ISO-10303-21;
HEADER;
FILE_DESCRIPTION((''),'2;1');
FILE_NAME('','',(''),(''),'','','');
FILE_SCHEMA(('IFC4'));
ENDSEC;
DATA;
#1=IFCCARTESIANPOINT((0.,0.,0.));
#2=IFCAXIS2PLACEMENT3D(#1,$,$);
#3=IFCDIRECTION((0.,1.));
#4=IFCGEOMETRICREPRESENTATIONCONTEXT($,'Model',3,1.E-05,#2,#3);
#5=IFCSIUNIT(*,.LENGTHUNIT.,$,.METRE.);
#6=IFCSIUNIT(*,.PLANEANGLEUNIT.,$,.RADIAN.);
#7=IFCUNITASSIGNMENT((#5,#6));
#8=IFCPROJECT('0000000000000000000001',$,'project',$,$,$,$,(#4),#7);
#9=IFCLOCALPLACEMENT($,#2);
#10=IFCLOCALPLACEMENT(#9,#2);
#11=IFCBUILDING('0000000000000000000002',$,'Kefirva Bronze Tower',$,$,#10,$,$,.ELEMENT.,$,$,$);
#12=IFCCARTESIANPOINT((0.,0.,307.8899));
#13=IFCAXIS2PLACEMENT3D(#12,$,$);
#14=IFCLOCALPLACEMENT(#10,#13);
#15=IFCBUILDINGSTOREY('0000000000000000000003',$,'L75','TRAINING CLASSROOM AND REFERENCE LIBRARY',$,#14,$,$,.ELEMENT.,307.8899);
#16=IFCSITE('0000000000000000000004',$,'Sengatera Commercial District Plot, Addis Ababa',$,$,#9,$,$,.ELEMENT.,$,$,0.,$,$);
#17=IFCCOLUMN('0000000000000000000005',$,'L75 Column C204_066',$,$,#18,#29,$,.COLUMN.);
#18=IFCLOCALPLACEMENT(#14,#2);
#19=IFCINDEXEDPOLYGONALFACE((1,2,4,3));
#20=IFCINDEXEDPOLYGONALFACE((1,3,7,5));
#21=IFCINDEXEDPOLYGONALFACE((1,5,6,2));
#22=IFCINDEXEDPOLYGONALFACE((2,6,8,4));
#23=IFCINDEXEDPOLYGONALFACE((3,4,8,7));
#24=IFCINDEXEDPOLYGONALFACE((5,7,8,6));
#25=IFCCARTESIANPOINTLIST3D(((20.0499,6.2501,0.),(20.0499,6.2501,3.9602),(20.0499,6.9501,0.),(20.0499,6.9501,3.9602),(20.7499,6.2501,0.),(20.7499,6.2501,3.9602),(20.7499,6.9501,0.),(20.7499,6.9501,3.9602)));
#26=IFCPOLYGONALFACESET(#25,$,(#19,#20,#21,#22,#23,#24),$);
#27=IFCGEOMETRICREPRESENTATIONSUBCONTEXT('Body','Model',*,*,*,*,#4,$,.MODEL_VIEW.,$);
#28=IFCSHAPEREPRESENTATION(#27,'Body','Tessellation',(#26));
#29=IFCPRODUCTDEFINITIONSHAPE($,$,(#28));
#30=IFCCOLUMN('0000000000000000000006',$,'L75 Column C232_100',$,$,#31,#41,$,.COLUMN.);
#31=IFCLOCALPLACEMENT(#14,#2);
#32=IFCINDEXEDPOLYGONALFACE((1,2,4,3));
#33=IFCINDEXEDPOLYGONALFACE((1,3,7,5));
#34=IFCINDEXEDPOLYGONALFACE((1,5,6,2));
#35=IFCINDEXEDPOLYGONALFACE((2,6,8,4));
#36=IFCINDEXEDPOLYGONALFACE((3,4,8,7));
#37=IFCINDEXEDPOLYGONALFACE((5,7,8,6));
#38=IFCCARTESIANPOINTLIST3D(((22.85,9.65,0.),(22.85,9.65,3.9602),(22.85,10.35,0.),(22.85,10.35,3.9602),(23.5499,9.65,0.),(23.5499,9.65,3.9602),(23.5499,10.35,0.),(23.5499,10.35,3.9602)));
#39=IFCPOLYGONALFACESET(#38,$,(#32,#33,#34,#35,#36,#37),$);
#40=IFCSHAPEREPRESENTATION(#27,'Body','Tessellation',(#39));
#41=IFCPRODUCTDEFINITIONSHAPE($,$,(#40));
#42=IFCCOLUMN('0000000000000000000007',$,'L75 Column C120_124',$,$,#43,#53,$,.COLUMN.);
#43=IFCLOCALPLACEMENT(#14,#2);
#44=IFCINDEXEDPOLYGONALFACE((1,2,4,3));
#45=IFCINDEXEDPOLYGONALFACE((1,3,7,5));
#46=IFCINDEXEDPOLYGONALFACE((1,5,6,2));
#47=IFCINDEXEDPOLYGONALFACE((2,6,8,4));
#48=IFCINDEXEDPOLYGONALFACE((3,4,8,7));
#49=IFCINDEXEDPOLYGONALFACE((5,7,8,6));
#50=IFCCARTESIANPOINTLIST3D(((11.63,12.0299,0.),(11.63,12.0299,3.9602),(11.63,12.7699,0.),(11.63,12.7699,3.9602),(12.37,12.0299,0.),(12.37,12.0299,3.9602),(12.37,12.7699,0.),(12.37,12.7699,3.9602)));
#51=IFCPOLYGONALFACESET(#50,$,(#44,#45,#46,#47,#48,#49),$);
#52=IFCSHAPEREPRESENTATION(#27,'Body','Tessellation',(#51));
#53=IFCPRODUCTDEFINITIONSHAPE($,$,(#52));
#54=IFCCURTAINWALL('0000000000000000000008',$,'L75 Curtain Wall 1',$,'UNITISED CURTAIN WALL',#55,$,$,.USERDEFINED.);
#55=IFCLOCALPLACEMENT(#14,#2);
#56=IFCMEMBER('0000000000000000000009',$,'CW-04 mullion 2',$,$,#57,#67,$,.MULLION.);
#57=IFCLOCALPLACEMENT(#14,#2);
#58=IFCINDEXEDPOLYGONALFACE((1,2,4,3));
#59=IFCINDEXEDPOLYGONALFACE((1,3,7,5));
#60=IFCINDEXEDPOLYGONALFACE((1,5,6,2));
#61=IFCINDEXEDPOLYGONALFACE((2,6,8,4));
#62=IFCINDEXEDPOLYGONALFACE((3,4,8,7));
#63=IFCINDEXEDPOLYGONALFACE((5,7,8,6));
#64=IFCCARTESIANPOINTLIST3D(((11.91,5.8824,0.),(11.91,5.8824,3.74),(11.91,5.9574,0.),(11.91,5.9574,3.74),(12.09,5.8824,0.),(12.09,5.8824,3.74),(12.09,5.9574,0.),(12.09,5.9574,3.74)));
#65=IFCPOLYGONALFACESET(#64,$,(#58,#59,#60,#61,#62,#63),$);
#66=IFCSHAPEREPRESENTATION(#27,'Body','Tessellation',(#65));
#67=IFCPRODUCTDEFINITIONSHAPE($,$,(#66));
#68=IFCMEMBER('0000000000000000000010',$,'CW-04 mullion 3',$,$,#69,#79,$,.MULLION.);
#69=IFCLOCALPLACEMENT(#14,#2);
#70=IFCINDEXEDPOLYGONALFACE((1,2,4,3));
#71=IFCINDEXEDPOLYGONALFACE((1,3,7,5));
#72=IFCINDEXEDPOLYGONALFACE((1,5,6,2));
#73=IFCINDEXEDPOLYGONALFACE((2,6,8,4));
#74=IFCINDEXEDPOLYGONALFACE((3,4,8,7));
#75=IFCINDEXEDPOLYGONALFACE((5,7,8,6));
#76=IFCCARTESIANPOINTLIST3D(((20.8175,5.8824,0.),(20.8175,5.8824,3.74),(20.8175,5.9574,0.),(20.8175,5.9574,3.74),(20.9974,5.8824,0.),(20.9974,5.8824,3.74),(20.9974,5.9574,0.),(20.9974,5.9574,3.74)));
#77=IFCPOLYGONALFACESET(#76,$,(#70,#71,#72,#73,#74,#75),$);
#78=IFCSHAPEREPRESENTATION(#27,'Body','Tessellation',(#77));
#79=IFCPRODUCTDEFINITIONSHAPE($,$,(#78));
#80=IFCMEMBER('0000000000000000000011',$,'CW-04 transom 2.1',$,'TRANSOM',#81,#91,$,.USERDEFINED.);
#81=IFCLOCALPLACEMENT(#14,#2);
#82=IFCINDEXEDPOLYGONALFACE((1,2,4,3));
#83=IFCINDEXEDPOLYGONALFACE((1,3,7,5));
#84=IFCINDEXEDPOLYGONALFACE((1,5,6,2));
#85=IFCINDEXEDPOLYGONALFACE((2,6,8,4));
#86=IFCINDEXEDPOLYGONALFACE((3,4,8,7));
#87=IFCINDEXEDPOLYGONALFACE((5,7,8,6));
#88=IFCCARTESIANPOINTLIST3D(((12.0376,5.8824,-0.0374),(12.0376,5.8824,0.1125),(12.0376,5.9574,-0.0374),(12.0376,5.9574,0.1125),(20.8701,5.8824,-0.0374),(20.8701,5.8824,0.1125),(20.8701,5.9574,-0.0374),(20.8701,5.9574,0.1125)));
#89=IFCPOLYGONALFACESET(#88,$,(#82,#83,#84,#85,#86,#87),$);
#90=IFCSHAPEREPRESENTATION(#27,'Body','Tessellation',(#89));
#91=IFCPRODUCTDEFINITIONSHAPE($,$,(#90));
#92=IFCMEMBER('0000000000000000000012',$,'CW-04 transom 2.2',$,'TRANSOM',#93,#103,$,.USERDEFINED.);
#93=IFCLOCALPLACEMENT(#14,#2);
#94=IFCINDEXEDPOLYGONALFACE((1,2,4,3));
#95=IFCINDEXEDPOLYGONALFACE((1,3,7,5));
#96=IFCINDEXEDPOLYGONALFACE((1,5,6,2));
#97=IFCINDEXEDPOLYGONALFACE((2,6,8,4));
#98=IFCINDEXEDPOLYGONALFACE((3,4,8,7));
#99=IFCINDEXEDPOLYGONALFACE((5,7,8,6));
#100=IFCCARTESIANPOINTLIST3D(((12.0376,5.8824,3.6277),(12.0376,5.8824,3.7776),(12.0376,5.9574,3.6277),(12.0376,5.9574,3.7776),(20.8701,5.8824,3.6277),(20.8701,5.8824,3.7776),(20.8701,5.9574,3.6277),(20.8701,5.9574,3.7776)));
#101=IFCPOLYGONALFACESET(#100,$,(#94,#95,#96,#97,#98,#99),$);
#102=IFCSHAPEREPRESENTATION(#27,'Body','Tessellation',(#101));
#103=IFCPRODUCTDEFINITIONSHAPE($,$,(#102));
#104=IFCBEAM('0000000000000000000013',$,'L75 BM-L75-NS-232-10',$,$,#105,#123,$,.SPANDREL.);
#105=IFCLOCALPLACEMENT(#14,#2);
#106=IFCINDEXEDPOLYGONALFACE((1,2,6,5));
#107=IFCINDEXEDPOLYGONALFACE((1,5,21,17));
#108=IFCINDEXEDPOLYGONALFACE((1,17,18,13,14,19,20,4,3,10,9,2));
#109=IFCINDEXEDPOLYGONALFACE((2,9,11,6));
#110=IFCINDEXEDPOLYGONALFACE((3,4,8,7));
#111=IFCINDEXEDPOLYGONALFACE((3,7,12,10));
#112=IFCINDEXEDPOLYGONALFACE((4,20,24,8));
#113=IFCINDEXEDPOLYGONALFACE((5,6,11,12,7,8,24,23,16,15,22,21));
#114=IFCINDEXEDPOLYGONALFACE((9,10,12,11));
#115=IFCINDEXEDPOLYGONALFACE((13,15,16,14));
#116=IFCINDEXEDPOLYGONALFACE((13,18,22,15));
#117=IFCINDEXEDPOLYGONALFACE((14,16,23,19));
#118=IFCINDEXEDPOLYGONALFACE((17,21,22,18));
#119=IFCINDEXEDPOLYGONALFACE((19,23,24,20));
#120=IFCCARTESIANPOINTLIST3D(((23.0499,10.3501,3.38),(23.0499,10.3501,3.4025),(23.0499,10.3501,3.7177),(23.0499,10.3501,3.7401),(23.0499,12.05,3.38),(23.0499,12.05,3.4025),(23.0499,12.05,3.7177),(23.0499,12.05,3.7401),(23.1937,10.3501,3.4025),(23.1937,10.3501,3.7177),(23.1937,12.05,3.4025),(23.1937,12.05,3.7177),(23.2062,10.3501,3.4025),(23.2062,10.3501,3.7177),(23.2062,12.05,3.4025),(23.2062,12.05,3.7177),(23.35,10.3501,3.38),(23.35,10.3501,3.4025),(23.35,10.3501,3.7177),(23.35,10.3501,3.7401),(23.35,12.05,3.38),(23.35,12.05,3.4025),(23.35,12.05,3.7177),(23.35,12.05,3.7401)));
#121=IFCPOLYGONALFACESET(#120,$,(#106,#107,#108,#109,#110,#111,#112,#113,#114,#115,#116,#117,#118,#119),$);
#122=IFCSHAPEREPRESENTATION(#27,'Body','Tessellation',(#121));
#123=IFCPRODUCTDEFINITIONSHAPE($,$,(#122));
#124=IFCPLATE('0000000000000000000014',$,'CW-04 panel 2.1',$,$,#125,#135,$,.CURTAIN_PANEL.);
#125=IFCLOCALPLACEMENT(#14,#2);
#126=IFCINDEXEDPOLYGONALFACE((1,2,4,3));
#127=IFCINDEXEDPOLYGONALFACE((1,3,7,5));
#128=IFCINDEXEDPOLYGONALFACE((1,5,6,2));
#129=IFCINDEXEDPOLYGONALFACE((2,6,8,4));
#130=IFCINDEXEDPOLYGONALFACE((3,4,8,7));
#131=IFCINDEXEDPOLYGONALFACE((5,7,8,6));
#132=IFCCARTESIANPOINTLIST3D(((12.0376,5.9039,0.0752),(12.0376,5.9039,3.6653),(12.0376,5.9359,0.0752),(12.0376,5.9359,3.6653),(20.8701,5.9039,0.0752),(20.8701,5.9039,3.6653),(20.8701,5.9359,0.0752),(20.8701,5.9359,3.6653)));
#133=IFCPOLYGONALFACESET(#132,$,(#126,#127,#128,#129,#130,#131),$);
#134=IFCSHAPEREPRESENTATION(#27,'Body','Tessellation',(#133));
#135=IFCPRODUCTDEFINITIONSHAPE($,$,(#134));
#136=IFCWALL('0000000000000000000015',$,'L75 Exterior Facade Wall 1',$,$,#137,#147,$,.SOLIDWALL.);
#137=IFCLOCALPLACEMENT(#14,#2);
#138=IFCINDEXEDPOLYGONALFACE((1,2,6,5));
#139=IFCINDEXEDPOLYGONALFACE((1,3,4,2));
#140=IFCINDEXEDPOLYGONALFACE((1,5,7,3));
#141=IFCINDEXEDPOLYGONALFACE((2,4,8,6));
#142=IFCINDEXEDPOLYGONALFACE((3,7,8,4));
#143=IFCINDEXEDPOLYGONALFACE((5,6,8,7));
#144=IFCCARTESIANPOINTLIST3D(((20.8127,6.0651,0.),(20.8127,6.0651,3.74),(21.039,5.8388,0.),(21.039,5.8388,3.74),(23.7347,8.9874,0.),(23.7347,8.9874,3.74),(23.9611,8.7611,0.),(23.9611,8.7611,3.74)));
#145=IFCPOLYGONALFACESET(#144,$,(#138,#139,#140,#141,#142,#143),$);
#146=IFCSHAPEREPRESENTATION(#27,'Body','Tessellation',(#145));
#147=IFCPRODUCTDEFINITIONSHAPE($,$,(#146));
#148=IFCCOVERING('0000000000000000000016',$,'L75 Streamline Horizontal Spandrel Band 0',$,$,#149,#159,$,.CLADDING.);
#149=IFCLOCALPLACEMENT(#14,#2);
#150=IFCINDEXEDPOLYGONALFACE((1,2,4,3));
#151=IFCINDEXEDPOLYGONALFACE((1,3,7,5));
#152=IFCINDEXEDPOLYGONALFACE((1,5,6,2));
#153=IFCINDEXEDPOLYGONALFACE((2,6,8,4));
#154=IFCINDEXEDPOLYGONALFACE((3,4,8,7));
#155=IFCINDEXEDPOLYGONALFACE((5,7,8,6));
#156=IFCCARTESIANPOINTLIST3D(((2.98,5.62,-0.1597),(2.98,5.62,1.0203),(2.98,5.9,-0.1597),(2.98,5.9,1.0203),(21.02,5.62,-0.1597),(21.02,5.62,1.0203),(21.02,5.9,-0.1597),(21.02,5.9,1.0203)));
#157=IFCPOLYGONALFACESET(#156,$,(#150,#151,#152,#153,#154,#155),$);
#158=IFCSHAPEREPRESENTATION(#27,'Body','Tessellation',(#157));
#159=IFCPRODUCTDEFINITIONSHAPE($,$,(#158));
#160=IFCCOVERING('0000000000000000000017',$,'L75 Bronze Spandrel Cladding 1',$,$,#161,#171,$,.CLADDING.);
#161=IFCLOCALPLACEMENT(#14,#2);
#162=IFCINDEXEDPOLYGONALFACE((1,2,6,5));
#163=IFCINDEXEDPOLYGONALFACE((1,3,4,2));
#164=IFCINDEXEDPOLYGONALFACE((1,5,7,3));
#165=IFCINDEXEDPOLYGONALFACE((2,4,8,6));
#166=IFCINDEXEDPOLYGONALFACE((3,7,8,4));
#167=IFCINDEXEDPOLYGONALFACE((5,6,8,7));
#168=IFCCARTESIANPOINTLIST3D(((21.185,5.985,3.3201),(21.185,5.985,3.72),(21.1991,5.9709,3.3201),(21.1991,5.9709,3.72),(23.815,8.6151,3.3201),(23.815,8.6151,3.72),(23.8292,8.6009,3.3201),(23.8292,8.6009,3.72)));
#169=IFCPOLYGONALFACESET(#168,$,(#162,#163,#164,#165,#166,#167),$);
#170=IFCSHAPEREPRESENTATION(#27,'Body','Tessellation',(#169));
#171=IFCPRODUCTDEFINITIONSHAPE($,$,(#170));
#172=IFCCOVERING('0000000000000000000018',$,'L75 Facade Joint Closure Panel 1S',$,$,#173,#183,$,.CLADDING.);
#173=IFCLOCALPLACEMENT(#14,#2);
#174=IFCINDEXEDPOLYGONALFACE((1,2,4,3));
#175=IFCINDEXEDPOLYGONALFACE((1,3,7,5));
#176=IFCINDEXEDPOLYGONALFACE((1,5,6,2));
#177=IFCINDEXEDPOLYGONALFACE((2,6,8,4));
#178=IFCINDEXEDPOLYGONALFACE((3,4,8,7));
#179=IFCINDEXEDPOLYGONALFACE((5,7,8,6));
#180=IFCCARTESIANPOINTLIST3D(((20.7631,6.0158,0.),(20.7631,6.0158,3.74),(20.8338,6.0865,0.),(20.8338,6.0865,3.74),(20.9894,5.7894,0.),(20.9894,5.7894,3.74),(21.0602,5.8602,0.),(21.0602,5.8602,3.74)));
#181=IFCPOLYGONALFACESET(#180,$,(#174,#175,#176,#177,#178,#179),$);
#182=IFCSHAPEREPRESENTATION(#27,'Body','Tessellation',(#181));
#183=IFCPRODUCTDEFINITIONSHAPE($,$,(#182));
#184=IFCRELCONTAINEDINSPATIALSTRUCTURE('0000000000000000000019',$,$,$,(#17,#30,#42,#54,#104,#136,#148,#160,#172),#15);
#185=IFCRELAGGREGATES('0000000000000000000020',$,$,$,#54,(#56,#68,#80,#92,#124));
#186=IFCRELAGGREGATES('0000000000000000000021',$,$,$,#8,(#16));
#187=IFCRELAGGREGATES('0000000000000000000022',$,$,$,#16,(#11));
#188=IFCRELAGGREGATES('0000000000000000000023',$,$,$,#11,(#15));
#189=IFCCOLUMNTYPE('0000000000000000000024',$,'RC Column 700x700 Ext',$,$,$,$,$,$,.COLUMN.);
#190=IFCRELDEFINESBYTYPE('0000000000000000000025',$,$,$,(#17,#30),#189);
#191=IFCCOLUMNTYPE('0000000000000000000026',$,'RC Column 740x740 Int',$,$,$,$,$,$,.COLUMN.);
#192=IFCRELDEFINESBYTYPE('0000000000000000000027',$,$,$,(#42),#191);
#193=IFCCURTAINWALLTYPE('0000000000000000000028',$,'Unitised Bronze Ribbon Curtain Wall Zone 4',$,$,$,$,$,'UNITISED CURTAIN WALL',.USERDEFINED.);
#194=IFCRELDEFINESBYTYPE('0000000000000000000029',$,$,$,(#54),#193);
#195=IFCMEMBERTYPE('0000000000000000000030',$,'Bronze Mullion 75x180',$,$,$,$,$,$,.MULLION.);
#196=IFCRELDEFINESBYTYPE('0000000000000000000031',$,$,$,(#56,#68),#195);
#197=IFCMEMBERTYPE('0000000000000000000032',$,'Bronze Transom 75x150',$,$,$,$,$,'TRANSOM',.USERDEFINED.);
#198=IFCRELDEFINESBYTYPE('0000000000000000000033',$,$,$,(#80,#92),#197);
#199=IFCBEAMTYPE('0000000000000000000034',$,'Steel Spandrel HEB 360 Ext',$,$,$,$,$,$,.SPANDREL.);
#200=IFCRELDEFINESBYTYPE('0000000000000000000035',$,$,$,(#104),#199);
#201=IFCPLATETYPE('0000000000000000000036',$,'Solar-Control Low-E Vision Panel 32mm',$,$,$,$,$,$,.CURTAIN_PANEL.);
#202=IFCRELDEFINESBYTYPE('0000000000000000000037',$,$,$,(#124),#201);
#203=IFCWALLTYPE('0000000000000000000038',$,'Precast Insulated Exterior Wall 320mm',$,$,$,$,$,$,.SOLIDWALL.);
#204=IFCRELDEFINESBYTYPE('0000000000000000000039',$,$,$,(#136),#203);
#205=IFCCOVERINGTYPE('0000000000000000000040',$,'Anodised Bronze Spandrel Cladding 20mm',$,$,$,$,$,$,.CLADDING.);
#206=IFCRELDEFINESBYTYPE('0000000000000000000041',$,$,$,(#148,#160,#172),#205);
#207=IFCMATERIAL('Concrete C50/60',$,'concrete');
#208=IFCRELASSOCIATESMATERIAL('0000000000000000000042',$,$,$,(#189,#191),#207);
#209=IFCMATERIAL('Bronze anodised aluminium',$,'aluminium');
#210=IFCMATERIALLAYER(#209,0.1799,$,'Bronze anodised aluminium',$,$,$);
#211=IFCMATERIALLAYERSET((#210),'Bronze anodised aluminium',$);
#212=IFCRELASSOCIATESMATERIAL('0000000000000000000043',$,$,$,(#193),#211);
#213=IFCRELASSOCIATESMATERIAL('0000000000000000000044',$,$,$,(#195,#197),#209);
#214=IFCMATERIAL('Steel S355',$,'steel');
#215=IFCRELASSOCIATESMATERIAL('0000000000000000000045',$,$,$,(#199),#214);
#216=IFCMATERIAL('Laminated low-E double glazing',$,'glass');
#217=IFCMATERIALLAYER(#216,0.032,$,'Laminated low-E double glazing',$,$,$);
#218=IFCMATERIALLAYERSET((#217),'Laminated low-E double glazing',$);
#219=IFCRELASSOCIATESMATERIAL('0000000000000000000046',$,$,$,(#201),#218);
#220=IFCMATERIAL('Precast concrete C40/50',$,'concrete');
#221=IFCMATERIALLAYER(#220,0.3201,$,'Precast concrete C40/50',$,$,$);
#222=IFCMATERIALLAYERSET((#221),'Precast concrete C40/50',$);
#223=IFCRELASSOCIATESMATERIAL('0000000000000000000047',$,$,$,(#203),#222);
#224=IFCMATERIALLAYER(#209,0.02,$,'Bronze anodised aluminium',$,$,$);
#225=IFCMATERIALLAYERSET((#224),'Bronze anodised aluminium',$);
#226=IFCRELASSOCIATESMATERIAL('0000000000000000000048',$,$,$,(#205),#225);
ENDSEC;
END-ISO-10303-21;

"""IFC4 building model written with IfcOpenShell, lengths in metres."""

from ifc_helpers import new_model, si_unit, direction, frame, frame_2d, origin, origin_2d, place, context, subcontext, project, spatial, rectangle, i_section, extrude, material, layer, layer_set, material_profile, profile_set, type_object, element, aggregate, save


model = new_model("IFC4")

# Units and contexts
model_context = context("Model", 3, precision=1e-05, world=origin(), true_north=direction((0.0, 1.0)))
body_context = subcontext(model_context, "Body", "Model", "MODEL_VIEW")
ifc_project = project(units=[si_unit("LENGTHUNIT", "METRE"), si_unit("PLANEANGLEUNIT", "RADIAN")], contexts=[model_context])

# Site, building, storey
site_placement = place(None, origin())
site = spatial("IfcSite", under=ifc_project, at=site_placement, Name="Sengatera Commercial District Plot, Addis Ababa", CompositionType="ELEMENT", RefElevation=0.0)
building_placement = place(site_placement, origin())
building = spatial("IfcBuilding", under=site, at=building_placement, Name="Kefirva Bronze Tower", CompositionType="ELEMENT")
storey_placement = place(building_placement, frame((0.0, 0.0, 307.8899)))
storey = spatial("IfcBuildingStorey", under=building, at=storey_placement, Name="L75", Description="TRAINING CLASSROOM AND REFERENCE LIBRARY", CompositionType="ELEMENT", Elevation=307.8899)

# Columns
ifc_material_1 = material(Name="Concrete C50/60", Category="concrete")
ifc_material_profile_1 = material_profile(ifc_material_1, rectangle(XDim=0.7, YDim=0.7, at=origin_2d()), Name="RC 700x700")
ifc_profile_set_1 = profile_set([ifc_material_profile_1], Name="Concrete C50/60")
column_type_1 = type_object("IfcColumnType", Name="RC Column 700x700 Ext", PredefinedType="COLUMN", material=ifc_profile_set_1)
for number, where, z_axis, x_axis, name in (
    (1, (20.3999, 6.6001, 0.0), (0.0, 0.0, 1.0), (1.0, 0.0, 0.0), "L75 Column C204_066"),
    (2, (23.2, 10.0, 0.0), (0.0, 0.0, 1.0), (1.0, 0.0, 0.0), "L75 Column C232_100"),
):
    element("IfcColumn", number, at=place(storey_placement, frame(where, z_axis=z_axis, x_axis=x_axis)), inside=storey, type_object=column_type_1, Name=name, PredefinedType="COLUMN", context=body_context, shape_type="SweptSolid", body=[
        extrude(rectangle(XDim=0.7, YDim=0.7, at=origin_2d()), origin(), (0.0, 0.0, 1.0), 3.9602),
    ])
ifc_material_profile_2 = material_profile(ifc_material_1, rectangle(XDim=0.74, YDim=0.74, at=origin_2d()), Name="RC 740x740")
ifc_profile_set_2 = profile_set([ifc_material_profile_2], Name="Concrete C50/60")
column_type_2 = type_object("IfcColumnType", Name="RC Column 740x740 Int", PredefinedType="COLUMN", material=ifc_profile_set_2)
column_placement = place(storey_placement, frame((12.0, 12.3999, 0.0), z_axis=(0.0, 0.0, 1.0), x_axis=(1.0, 0.0, 0.0)))
element("IfcColumn", 3, at=column_placement, inside=storey, type_object=column_type_2, Name="L75 Column C120_124", PredefinedType="COLUMN", context=body_context, shape_type="SweptSolid", body=[
    extrude(rectangle(XDim=0.74, YDim=0.74, at=origin_2d()), origin(), (0.0, 0.0, 1.0), 3.9602),
])

# Curtain wall, members
ifc_material_2 = material(Name="Bronze anodised aluminium", Category="aluminium")
ifc_layer_1 = layer(ifc_material_2, 0.1799, Name="Bronze anodised aluminium")
ifc_layer_set_1 = layer_set([ifc_layer_1], Name="Bronze anodised aluminium")
curtain_wall_type = type_object("IfcCurtainWallType", Name="Unitised Bronze Ribbon Curtain Wall Zone 4", ElementType="UNITISED CURTAIN WALL", PredefinedType="USERDEFINED", material=ifc_layer_set_1)
curtain_wall_placement = place(storey_placement, origin())
curtain_wall = element("IfcCurtainWall", 4, at=curtain_wall_placement, inside=storey, type_object=curtain_wall_type, Name="L75 Curtain Wall 1", ObjectType="UNITISED CURTAIN WALL", PredefinedType="USERDEFINED")
ifc_material_profile_3 = material_profile(ifc_material_2, rectangle(XDim=0.075, YDim=0.1799, at=origin_2d()), Name="ALU 75x180")
ifc_profile_set_3 = profile_set([ifc_material_profile_3], Name="Bronze anodised aluminium")
member_type_1 = type_object("IfcMemberType", Name="Bronze Mullion 75x180", PredefinedType="MULLION", material=ifc_profile_set_3)
member_1_placement = place(storey_placement, frame((12.0, 5.9199, 0.0), z_axis=(0.0, 0.0, 1.0), x_axis=(0.0, 1.0, 0.0)))
member_1 = element("IfcMember", 5, at=member_1_placement, type_object=member_type_1, Name="CW-04 mullion 2", PredefinedType="MULLION", context=body_context, shape_type="SweptSolid", body=[
    extrude(rectangle(XDim=0.075, YDim=0.1799, at=origin_2d()), origin(), (0.0, 0.0, 1.0), 3.74),
])
member_2_placement = place(storey_placement, frame((20.9075, 5.9199, 0.0), z_axis=(0.0, 0.0, 1.0), x_axis=(0.0, 1.0, 0.0)))
member_2 = element("IfcMember", 6, at=member_2_placement, type_object=member_type_1, Name="CW-04 mullion 3", PredefinedType="MULLION", context=body_context, shape_type="SweptSolid", body=[
    extrude(rectangle(XDim=0.075, YDim=0.1799, at=origin_2d()), origin(), (0.0, 0.0, 1.0), 3.74),
])
ifc_material_profile_4 = material_profile(ifc_material_2, rectangle(XDim=0.075, YDim=0.1499, at=origin_2d()), Name="ALU 75x150")
ifc_profile_set_4 = profile_set([ifc_material_profile_4], Name="Bronze anodised aluminium")
member_type_2 = type_object("IfcMemberType", Name="Bronze Transom 75x150", ElementType="TRANSOM", PredefinedType="USERDEFINED", material=ifc_profile_set_4)
member_3_placement = place(storey_placement, frame((12.0376, 5.9199, 0.0376), z_axis=(1.0, 0.0, 0.0), x_axis=(0.0, 1.0, 0.0)))
member_3 = element("IfcMember", 7, at=member_3_placement, type_object=member_type_2, Name="CW-04 transom 2.1", ObjectType="TRANSOM", PredefinedType="USERDEFINED", context=body_context, shape_type="SweptSolid", body=[
    extrude(rectangle(XDim=0.075, YDim=0.1499, at=origin_2d()), origin(), (0.0, 0.0, 1.0), 8.8325),
])
member_4_placement = place(storey_placement, frame((12.0376, 5.9199, 3.7026), z_axis=(1.0, 0.0, 0.0), x_axis=(0.0, 1.0, 0.0)))
member_4 = element("IfcMember", 8, at=member_4_placement, type_object=member_type_2, Name="CW-04 transom 2.2", ObjectType="TRANSOM", PredefinedType="USERDEFINED", context=body_context, shape_type="SweptSolid", body=[
    extrude(rectangle(XDim=0.075, YDim=0.1499, at=origin_2d()), origin(), (0.0, 0.0, 1.0), 8.8325),
])

# Beam
ifc_material_3 = material(Name="Steel S355", Category="steel")
ifc_material_profile_5 = material_profile(ifc_material_3, i_section(OverallWidth=0.3, OverallDepth=0.3601, WebThickness=0.0125, FlangeThickness=0.0225, at=origin_2d()), Name="HEB 360")
ifc_profile_set_5 = profile_set([ifc_material_profile_5], Name="Steel S355")
beam_type = type_object("IfcBeamType", Name="Steel Spandrel HEB 360 Ext", PredefinedType="SPANDREL", material=ifc_profile_set_5)
beam_placement = place(storey_placement, frame((23.2, 10.3501, 3.5601), z_axis=(0.0, 1.0, 0.0), x_axis=(-1.0, 0.0, 0.0)))
element("IfcBeam", 9, at=beam_placement, inside=storey, type_object=beam_type, Name="L75 BM-L75-NS-232-10", PredefinedType="SPANDREL", context=body_context, shape_type="SweptSolid", body=[
    extrude(i_section(OverallWidth=0.3, OverallDepth=0.3601, WebThickness=0.0125, FlangeThickness=0.0225, at=origin_2d()), origin(), (0.0, 0.0, 1.0), 1.7),
])

# Plate
ifc_material_4 = material(Name="Laminated low-E double glazing", Category="glass")
ifc_layer_2 = layer(ifc_material_4, 0.032, Name="Laminated low-E double glazing")
ifc_layer_set_2 = layer_set([ifc_layer_2], Name="Laminated low-E double glazing")
plate_type = type_object("IfcPlateType", Name="Solar-Control Low-E Vision Panel 32mm", PredefinedType="CURTAIN_PANEL", material=ifc_layer_set_2)
plate_placement = place(storey_placement, frame((16.4539, 5.9199, 0.0752), z_axis=(0.0, 0.0, 1.0), x_axis=(1.0, 0.0, 0.0)))
plate = element("IfcPlate", 10, at=plate_placement, type_object=plate_type, Name="CW-04 panel 2.1", PredefinedType="CURTAIN_PANEL", context=body_context, shape_type="SweptSolid", body=[
    extrude(rectangle(XDim=8.8325, YDim=0.032, at=origin_2d()), origin(), (0.0, 0.0, 1.0), 3.5901),
])
aggregate(curtain_wall, [member_1, member_2, member_3, member_4, plate])

# Wall
ifc_material_5 = material(Name="Precast concrete C40/50", Category="concrete")
ifc_layer_3 = layer(ifc_material_5, 0.3201, Name="Precast concrete C40/50")
ifc_layer_set_3 = layer_set([ifc_layer_3], Name="Precast concrete C40/50")
wall_type = type_object("IfcWallType", Name="Precast Insulated Exterior Wall 320mm", PredefinedType="SOLIDWALL", material=ifc_layer_set_3)
wall_placement = place(storey_placement, frame((20.9258, 5.9519, 0.0), z_axis=(0.0, 0.0, 1.0), x_axis=(0.707077, 0.707136, 0.0)))
element("IfcWall", 11, at=wall_placement, inside=storey, type_object=wall_type, Name="L75 Exterior Facade Wall 1", PredefinedType="SOLIDWALL", context=body_context, shape_type="SweptSolid", body=[
    extrude(rectangle(XDim=4.1326, YDim=0.3201, at=frame_2d((2.0664, 0.0))), origin(), (0.0, 0.0, 1.0), 3.74),
])

# Coverings
ifc_layer_4 = layer(ifc_material_2, 0.02, Name="Bronze anodised aluminium")
ifc_layer_set_4 = layer_set([ifc_layer_4], Name="Bronze anodised aluminium")
covering_type_1 = type_object("IfcCoveringType", Name="Anodised Bronze Spandrel Cladding 20mm", PredefinedType="CLADDING", material=ifc_layer_set_4)
covering_1_placement = place(storey_placement, frame((12.0, 5.76, -0.1597), z_axis=(0.0, 0.0, 1.0), x_axis=(1.0, 0.0, 0.0)))
element("IfcCovering", 12, at=covering_1_placement, inside=storey, type_object=covering_type_1, Name="L75 Streamline Horizontal Spandrel Band 0", PredefinedType="CLADDING", context=body_context, shape_type="SweptSolid", body=[
    extrude(rectangle(XDim=18.04, YDim=0.28, at=origin_2d()), origin(), (0.0, 0.0, 1.0), 1.1799),
])
covering_2_placement = place(storey_placement, frame((22.5071, 7.293, 3.3201), z_axis=(0.0, 0.0, 1.0), x_axis=(0.707107, 0.707107, 0.0)))
element("IfcCovering", 13, at=covering_2_placement, inside=storey, type_object=covering_type_1, Name="L75 Bronze Spandrel Cladding 1", PredefinedType="CLADDING", context=body_context, shape_type="SweptSolid", body=[
    extrude(rectangle(XDim=3.7195, YDim=0.02, at=origin_2d()), origin(), (0.0, 0.0, 1.0), 0.3999),
])
covering_3_placement = place(storey_placement, frame((20.9116, 5.938, 0.0), z_axis=(0.0, 0.0, 1.0), x_axis=(0.707107, 0.707107, 0.0)))
element("IfcCovering", 14, at=covering_3_placement, inside=storey, type_object=covering_type_1, Name="L75 Facade Joint Closure Panel 1S", PredefinedType="CLADDING", context=body_context, shape_type="SweptSolid", body=[
    extrude(rectangle(XDim=0.1001, YDim=0.3201, at=origin_2d()), origin(), (0.0, 0.0, 1.0), 3.74),
])

save(model, "model.ifc")
